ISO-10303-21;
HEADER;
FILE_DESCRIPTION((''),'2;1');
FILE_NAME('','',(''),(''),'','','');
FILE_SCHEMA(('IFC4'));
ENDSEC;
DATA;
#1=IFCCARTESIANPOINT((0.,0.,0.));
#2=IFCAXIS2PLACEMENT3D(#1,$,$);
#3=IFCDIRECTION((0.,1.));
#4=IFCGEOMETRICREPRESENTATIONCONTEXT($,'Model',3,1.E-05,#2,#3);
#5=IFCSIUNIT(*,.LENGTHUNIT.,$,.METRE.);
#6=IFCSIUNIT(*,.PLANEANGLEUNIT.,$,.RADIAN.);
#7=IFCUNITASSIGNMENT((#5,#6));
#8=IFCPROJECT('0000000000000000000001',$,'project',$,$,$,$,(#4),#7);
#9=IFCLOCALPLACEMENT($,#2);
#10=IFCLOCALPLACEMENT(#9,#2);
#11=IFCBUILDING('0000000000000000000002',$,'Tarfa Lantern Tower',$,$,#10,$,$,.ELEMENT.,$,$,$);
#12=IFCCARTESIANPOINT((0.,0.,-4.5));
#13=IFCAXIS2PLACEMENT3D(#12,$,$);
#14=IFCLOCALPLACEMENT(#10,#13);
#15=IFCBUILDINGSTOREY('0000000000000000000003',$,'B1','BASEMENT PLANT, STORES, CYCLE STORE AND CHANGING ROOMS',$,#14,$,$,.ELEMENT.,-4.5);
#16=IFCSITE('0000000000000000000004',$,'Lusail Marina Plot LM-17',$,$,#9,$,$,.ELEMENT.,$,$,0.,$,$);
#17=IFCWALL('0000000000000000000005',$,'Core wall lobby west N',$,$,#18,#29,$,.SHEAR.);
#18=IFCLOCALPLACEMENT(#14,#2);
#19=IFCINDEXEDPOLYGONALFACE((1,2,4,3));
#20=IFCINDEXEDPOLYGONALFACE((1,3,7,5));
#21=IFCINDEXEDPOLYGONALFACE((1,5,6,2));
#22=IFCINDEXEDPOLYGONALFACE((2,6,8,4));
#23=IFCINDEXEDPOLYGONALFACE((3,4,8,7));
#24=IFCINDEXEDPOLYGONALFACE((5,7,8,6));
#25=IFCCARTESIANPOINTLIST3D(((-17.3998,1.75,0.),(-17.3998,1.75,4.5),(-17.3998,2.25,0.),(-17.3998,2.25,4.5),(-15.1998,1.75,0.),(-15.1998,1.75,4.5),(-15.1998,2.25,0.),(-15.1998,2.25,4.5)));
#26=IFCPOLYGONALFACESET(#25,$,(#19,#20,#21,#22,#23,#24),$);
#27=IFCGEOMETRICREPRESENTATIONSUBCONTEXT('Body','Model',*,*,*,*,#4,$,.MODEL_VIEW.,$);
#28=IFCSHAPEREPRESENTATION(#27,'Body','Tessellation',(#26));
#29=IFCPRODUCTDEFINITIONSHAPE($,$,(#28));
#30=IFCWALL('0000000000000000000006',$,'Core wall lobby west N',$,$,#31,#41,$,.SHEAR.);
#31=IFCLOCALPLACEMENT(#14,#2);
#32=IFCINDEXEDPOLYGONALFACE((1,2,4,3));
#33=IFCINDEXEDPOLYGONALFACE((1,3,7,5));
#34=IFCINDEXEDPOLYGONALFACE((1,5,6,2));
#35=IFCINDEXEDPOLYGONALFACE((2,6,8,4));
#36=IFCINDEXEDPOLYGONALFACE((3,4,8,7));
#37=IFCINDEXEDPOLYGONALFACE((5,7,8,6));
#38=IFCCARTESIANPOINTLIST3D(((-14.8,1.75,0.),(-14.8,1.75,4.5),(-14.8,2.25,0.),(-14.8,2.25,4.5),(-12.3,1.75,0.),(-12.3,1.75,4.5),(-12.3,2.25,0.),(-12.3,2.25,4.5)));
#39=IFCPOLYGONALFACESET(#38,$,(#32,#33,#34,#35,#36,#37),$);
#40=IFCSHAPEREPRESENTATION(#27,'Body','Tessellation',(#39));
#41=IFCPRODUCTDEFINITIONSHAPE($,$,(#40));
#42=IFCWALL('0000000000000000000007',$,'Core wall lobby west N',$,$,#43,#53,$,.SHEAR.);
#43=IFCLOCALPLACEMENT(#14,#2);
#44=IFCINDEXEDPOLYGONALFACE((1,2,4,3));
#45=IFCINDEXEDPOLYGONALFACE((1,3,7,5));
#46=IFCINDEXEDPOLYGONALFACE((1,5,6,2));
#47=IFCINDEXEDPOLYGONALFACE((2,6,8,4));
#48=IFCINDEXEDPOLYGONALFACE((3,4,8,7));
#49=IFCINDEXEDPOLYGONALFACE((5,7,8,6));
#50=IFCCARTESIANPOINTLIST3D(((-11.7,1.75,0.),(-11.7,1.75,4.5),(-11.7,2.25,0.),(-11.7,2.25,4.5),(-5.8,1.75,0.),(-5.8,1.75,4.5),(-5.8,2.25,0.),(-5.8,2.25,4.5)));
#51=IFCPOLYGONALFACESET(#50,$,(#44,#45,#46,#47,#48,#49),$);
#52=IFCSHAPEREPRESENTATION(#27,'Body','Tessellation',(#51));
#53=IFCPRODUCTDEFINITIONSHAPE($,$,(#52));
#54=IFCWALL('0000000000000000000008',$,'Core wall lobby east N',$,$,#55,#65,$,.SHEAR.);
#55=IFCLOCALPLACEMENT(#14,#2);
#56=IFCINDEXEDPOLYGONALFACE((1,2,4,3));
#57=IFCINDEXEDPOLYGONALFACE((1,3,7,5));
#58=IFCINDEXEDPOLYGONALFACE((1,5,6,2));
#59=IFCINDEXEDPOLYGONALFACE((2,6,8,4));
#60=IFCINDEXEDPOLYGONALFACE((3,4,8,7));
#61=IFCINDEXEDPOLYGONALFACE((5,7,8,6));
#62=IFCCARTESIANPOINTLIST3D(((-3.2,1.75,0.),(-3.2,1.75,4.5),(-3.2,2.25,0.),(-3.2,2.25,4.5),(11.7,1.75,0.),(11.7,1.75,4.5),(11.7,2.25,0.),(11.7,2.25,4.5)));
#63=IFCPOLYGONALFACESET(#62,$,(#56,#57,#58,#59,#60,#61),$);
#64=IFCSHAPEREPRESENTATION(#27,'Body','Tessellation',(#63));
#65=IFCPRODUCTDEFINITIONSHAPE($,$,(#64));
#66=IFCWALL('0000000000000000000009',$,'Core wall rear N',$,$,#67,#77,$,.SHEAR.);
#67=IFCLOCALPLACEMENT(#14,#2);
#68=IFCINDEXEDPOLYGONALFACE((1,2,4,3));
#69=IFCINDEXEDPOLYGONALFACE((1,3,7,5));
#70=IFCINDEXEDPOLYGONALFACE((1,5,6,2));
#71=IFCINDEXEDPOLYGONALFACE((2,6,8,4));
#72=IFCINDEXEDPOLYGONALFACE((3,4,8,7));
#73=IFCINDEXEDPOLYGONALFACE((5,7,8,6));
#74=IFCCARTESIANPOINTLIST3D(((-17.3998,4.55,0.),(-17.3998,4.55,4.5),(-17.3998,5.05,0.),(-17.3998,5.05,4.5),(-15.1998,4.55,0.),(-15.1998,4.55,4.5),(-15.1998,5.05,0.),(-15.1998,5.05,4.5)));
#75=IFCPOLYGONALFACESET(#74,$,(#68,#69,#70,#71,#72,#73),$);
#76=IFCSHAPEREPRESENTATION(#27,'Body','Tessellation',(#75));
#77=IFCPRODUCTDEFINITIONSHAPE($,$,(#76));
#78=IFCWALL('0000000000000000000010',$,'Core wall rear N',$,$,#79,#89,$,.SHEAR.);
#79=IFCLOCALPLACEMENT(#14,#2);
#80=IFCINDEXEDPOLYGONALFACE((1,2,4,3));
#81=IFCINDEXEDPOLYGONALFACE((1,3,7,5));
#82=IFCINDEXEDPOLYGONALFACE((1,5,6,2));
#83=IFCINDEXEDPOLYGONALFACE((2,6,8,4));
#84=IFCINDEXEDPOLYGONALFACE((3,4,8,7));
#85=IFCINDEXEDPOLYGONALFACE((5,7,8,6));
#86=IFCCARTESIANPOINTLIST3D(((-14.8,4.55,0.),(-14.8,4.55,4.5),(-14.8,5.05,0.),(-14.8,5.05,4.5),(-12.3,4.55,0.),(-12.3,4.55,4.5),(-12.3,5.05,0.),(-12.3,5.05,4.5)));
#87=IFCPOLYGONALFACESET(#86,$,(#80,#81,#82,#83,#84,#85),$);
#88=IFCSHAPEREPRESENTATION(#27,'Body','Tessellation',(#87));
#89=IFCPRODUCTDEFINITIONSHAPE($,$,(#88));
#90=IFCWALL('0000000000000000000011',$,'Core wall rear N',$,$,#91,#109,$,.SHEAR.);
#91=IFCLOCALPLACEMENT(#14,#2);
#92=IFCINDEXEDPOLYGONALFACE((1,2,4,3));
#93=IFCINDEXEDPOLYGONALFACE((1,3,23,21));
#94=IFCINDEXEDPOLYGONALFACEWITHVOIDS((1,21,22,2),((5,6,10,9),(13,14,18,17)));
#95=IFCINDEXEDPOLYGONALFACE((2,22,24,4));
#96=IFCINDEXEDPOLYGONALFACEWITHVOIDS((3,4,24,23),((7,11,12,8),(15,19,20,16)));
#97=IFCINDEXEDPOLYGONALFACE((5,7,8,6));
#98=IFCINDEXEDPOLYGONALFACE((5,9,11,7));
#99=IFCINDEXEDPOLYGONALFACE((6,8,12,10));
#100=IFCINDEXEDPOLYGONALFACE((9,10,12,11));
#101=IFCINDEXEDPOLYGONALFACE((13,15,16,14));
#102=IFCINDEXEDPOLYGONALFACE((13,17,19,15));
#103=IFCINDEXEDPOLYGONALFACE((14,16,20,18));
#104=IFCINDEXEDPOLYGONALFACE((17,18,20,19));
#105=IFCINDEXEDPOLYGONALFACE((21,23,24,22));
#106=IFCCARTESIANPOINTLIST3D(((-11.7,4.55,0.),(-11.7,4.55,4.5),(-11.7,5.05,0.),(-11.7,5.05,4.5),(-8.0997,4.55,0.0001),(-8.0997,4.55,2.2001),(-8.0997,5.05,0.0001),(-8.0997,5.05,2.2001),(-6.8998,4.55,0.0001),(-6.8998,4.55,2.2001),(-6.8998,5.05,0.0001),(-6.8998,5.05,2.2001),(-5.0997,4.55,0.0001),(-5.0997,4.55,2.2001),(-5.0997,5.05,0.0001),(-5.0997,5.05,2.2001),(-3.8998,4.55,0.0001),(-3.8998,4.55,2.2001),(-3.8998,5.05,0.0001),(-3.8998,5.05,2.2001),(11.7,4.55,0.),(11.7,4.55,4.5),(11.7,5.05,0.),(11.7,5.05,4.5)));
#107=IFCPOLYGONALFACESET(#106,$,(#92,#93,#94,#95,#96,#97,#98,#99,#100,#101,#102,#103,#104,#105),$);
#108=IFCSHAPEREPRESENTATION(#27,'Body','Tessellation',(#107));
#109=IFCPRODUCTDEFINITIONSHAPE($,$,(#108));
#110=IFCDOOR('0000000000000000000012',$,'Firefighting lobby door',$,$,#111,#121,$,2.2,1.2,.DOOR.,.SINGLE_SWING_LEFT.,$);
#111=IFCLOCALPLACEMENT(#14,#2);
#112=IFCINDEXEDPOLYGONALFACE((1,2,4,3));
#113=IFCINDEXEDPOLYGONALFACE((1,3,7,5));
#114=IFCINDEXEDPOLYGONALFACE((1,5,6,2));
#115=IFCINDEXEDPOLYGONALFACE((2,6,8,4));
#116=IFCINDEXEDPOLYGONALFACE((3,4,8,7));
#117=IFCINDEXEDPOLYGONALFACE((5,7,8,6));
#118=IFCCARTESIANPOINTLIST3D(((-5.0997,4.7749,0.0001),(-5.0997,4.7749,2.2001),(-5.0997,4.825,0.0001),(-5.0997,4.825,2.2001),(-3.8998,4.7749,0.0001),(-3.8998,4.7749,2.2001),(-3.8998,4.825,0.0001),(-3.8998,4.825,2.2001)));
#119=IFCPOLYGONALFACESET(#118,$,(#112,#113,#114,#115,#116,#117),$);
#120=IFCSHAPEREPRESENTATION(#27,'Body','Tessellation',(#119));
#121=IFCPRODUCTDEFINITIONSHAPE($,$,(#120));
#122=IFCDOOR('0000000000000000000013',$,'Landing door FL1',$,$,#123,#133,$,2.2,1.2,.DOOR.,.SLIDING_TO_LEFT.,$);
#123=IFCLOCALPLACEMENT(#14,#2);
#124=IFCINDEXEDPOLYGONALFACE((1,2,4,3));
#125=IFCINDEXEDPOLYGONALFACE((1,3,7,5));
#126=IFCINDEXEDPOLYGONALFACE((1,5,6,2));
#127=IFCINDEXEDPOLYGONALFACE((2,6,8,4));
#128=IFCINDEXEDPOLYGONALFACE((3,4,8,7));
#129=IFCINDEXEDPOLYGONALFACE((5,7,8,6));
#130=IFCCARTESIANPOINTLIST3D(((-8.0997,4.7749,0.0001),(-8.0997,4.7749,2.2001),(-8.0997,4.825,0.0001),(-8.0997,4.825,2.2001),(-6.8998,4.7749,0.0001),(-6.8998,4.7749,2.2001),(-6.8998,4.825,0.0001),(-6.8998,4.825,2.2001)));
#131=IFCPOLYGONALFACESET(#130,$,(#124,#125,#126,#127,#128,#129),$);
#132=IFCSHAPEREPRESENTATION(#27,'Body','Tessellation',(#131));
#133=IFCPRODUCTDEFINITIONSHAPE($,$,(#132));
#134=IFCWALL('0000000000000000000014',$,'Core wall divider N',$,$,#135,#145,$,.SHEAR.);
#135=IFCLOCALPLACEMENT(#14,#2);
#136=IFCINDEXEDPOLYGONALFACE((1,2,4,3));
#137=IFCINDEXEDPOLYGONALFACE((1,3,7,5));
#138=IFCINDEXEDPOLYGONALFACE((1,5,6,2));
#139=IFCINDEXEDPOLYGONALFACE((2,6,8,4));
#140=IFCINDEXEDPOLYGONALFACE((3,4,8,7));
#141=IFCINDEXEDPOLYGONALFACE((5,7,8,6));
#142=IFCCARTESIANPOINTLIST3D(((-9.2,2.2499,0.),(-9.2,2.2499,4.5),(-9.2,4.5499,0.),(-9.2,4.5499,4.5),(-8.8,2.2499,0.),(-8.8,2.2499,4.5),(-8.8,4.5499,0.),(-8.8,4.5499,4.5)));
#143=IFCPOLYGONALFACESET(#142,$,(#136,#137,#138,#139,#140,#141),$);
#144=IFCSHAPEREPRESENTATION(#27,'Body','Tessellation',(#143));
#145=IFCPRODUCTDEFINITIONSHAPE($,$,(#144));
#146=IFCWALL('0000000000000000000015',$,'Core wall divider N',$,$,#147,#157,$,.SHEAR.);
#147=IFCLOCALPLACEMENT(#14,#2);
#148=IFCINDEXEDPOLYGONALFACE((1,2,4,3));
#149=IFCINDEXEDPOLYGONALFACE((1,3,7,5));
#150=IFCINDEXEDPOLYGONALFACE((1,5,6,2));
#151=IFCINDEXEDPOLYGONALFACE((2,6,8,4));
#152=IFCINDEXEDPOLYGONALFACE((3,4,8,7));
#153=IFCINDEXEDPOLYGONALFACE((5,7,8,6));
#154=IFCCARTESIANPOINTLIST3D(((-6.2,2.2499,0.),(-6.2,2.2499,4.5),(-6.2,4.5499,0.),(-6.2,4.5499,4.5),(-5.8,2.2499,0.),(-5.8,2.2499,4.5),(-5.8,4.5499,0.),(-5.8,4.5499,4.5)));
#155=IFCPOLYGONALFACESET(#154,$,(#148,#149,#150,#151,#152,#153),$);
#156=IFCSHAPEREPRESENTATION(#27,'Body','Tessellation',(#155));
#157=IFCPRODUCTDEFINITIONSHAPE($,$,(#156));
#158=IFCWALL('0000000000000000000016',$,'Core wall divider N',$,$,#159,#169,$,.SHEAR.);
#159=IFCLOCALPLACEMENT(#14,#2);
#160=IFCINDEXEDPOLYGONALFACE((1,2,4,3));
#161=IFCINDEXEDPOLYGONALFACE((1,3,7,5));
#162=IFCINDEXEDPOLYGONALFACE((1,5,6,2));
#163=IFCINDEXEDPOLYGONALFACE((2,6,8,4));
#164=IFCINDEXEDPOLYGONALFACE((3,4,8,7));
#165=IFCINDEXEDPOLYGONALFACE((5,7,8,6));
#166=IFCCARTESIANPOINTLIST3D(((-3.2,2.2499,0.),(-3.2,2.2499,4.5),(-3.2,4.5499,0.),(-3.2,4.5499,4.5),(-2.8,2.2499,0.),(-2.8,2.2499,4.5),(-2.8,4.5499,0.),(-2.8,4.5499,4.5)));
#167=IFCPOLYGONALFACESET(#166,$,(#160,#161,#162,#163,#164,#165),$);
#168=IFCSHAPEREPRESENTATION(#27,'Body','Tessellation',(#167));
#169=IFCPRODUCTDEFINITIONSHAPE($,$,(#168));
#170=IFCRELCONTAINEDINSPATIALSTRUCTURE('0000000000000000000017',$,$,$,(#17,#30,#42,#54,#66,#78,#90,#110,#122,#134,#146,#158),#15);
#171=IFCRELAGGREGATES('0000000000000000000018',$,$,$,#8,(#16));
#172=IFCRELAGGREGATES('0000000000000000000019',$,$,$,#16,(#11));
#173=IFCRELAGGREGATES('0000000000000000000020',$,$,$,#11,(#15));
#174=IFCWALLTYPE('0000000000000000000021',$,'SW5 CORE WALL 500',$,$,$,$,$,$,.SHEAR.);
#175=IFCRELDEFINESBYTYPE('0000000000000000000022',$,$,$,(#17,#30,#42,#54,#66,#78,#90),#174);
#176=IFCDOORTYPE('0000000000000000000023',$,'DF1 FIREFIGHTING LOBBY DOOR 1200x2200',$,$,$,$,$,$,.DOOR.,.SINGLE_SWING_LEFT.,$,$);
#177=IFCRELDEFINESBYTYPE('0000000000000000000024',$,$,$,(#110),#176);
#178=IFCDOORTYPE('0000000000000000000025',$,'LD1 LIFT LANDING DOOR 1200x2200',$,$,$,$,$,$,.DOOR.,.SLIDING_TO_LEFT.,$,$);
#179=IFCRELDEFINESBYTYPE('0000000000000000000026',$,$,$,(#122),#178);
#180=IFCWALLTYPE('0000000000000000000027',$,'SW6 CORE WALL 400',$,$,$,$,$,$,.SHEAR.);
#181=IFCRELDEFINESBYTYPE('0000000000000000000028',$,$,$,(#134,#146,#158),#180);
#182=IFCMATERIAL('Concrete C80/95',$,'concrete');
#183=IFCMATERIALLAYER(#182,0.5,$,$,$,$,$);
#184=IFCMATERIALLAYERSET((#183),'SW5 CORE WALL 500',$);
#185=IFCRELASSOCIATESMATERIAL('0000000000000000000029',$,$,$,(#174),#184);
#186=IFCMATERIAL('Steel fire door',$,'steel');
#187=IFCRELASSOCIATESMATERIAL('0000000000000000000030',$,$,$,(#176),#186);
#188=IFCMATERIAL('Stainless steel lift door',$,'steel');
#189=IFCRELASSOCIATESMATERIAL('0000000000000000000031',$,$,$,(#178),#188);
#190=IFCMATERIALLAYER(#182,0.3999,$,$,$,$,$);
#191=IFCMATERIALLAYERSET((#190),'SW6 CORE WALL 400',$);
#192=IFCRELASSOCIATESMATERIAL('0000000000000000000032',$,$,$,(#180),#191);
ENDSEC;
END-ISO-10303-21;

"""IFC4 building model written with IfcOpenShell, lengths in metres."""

from ifc_helpers import new_model, si_unit, direction, frame, frame_2d, origin, place, context, subcontext, project, spatial, rectangle, extrude, material, layer, layer_set, type_object, element, fill, save


model = new_model("IFC4")

# Units and contexts
model_context = context("Model", 3, precision=1e-05, world=origin(), true_north=direction((0.0, 1.0)))
body_context = subcontext(model_context, "Body", "Model", "MODEL_VIEW")
ifc_project = project(units=[si_unit("LENGTHUNIT", "METRE"), si_unit("PLANEANGLEUNIT", "RADIAN")], contexts=[model_context])

# Site, building, storey
site_placement = place(None, origin())
site = spatial("IfcSite", under=ifc_project, at=site_placement, Name="Lusail Marina Plot LM-17", CompositionType="ELEMENT", RefElevation=0.0)
building_placement = place(site_placement, origin())
building = spatial("IfcBuilding", under=site, at=building_placement, Name="Tarfa Lantern Tower", CompositionType="ELEMENT")
storey_placement = place(building_placement, frame((0.0, 0.0, -4.5)))
storey = spatial("IfcBuildingStorey", under=building, at=storey_placement, Name="B1", Description="BASEMENT PLANT, STORES, CYCLE STORE AND CHANGING ROOMS", CompositionType="ELEMENT", Elevation=-4.5)

# Shared definitions
ifc_material_1 = material(Name="Concrete C80/95", Category="concrete")

# Shared definitions
ifc_material_2 = material(Name="Steel fire door", Category="steel")

# Walls
ifc_layer_1 = layer(ifc_material_1, 0.5)
ifc_layer_set_1 = layer_set([ifc_layer_1], Name="SW5 CORE WALL 500")
wall_type_1 = type_object("IfcWallType", Name="SW5 CORE WALL 500", PredefinedType="SHEAR", material=ifc_layer_set_1)
wall_1_placement = place(storey_placement, frame((-17.3999, 2.0, 0.0), z_axis=(0.0, 0.0, 1.0), x_axis=(1.0, 0.0, 0.0)))
element("IfcWall", 1, at=wall_1_placement, inside=storey, type_object=wall_type_1, Name="Core wall lobby west N", PredefinedType="SHEAR", context=body_context, shape_type="SweptSolid", body=[
    extrude(rectangle(XDim=2.2, YDim=0.5, at=frame_2d((1.1001, 0.0))), origin(), (0.0, 0.0, 1.0), 4.5),
])
wall_2_placement = place(storey_placement, frame((-14.8, 2.0, 0.0), z_axis=(0.0, 0.0, 1.0), x_axis=(1.0, 0.0, 0.0)))
element("IfcWall", 2, at=wall_2_placement, inside=storey, type_object=wall_type_1, Name="Core wall lobby west N", PredefinedType="SHEAR", context=body_context, shape_type="SweptSolid", body=[
    extrude(rectangle(XDim=2.5, YDim=0.5, at=frame_2d((1.25, 0.0))), origin(), (0.0, 0.0, 1.0), 4.5),
])
wall_3_placement = place(storey_placement, frame((-11.7, 2.0, 0.0), z_axis=(0.0, 0.0, 1.0), x_axis=(1.0, 0.0, 0.0)))
element("IfcWall", 3, at=wall_3_placement, inside=storey, type_object=wall_type_1, Name="Core wall lobby west N", PredefinedType="SHEAR", context=body_context, shape_type="SweptSolid", body=[
    extrude(rectangle(XDim=5.8999, YDim=0.5, at=frame_2d((2.95, 0.0))), origin(), (0.0, 0.0, 1.0), 4.5),
])
wall_4_placement = place(storey_placement, frame((-3.2, 2.0, 0.0), z_axis=(0.0, 0.0, 1.0), x_axis=(1.0, 0.0, 0.0)))
element("IfcWall", 4, at=wall_4_placement, inside=storey, type_object=wall_type_1, Name="Core wall lobby east N", PredefinedType="SHEAR", context=body_context, shape_type="SweptSolid", body=[
    extrude(rectangle(XDim=14.8999, YDim=0.5, at=frame_2d((7.45, 0.0))), origin(), (0.0, 0.0, 1.0), 4.5),
])
wall_5_placement = place(storey_placement, frame((-17.3999, 4.8, 0.0), z_axis=(0.0, 0.0, 1.0), x_axis=(1.0, 0.0, 0.0)))
element("IfcWall", 5, at=wall_5_placement, inside=storey, type_object=wall_type_1, Name="Core wall rear N", PredefinedType="SHEAR", context=body_context, shape_type="SweptSolid", body=[
    extrude(rectangle(XDim=2.2, YDim=0.5, at=frame_2d((1.1001, 0.0))), origin(), (0.0, 0.0, 1.0), 4.5),
])
wall_6_placement = place(storey_placement, frame((-14.8, 4.8, 0.0), z_axis=(0.0, 0.0, 1.0), x_axis=(1.0, 0.0, 0.0)))
element("IfcWall", 6, at=wall_6_placement, inside=storey, type_object=wall_type_1, Name="Core wall rear N", PredefinedType="SHEAR", context=body_context, shape_type="SweptSolid", body=[
    extrude(rectangle(XDim=2.5, YDim=0.5, at=frame_2d((1.25, 0.0))), origin(), (0.0, 0.0, 1.0), 4.5),
])

# Wall, openings, doors
wall_7_placement = place(storey_placement, frame((-11.7, 4.8, 0.0), z_axis=(0.0, 0.0, 1.0), x_axis=(1.0, 0.0, 0.0)))
wall_7 = element("IfcWall", 7, at=wall_7_placement, inside=storey, type_object=wall_type_1, Name="Core wall rear N", PredefinedType="SHEAR", context=body_context, shape_type="SweptSolid", body=[
    extrude(rectangle(XDim=23.3999, YDim=0.5, at=frame_2d((11.7, 0.0))), origin(), (0.0, 0.0, 1.0), 4.5),
])
opening_1_placement = place(wall_7_placement, frame((6.6001, 0.0, 0.0)))
opening_1 = element("IfcOpeningElement", 8, at=opening_1_placement, cuts=wall_7, PredefinedType="OPENING", context=body_context, shape_type="SweptSolid", body=[
    extrude(rectangle(XDim=1.2, YDim=2.2, at=frame_2d((0.6001, 1.1001))), frame((0.0, 0.26, 0.0), z_axis=(0.0, -1.0, 0.0), x_axis=(1.0, 0.0, 0.0)), (0.0, 0.0, 1.0), 0.52),
])
opening_2_placement = place(wall_7_placement, frame((3.6001, 0.0, 0.0)))
opening_2 = element("IfcOpeningElement", 9, at=opening_2_placement, cuts=wall_7, PredefinedType="OPENING", context=body_context, shape_type="SweptSolid", body=[
    extrude(rectangle(XDim=1.2, YDim=2.2, at=frame_2d((0.6001, 1.1001))), frame((0.0, 0.26, 0.0), z_axis=(0.0, -1.0, 0.0), x_axis=(1.0, 0.0, 0.0)), (0.0, 0.0, 1.0), 0.52),
])
door_type_1 = type_object("IfcDoorType", Name="DF1 FIREFIGHTING LOBBY DOOR 1200x2200", OperationType="SINGLE_SWING_LEFT", PredefinedType="DOOR", material=ifc_material_2)
door_1_placement = place(opening_1_placement, origin())
door_1 = element("IfcDoor", 10, at=door_1_placement, inside=storey, type_object=door_type_1, Name="Firefighting lobby door", OperationType="SINGLE_SWING_LEFT", OverallHeight=2.2, OverallWidth=1.2, PredefinedType="DOOR", context=body_context, shape_type="SweptSolid", body=[
    extrude(rectangle(XDim=1.2, YDim=2.2, at=frame_2d((0.6001, 1.1001))), frame((0.0, 0.0249, 0.0), z_axis=(0.0, -1.0, 0.0), x_axis=(1.0, 0.0, 0.0)), (0.0, 0.0, 1.0), 0.05),
])
fill(opening_1, door_1)
ifc_material_3 = material(Name="Stainless steel lift door", Category="steel")
door_type_2 = type_object("IfcDoorType", Name="LD1 LIFT LANDING DOOR 1200x2200", OperationType="SLIDING_TO_LEFT", PredefinedType="DOOR", material=ifc_material_3)
door_2_placement = place(opening_2_placement, origin())
door_2 = element("IfcDoor", 11, at=door_2_placement, inside=storey, type_object=door_type_2, Name="Landing door FL1", OperationType="SLIDING_TO_LEFT", OverallHeight=2.2, OverallWidth=1.2, PredefinedType="DOOR", context=body_context, shape_type="SweptSolid", body=[
    extrude(rectangle(XDim=1.2, YDim=2.2, at=frame_2d((0.6001, 1.1001))), frame((0.0, 0.0249, 0.0), z_axis=(0.0, -1.0, 0.0), x_axis=(1.0, 0.0, 0.0)), (0.0, 0.0, 1.0), 0.05),
])
fill(opening_2, door_2)

# Walls
ifc_layer_2 = layer(ifc_material_1, 0.3999)
ifc_layer_set_2 = layer_set([ifc_layer_2], Name="SW6 CORE WALL 400")
wall_type_2 = type_object("IfcWallType", Name="SW6 CORE WALL 400", PredefinedType="SHEAR", material=ifc_layer_set_2)
for number, where, z_axis, x_axis, name in (
    (12, (-9.0, 2.25, 0.0), (0.0, 0.0, 1.0), (0.0, 1.0, 0.0), "Core wall divider N"),
    (13, (-6.0, 2.25, 0.0), (0.0, 0.0, 1.0), (0.0, 1.0, 0.0), "Core wall divider N"),
    (14, (-3.0, 2.25, 0.0), (0.0, 0.0, 1.0), (0.0, 1.0, 0.0), "Core wall divider N"),
):
    element("IfcWall", number, at=place(storey_placement, frame(where, z_axis=z_axis, x_axis=x_axis)), inside=storey, type_object=wall_type_2, Name=name, PredefinedType="SHEAR", context=body_context, shape_type="SweptSolid", body=[
        extrude(rectangle(XDim=2.3, YDim=0.3999, at=frame_2d((1.1499, 0.0))), origin(), (0.0, 0.0, 1.0), 4.5),
    ])

save(model, "model.ifc")
